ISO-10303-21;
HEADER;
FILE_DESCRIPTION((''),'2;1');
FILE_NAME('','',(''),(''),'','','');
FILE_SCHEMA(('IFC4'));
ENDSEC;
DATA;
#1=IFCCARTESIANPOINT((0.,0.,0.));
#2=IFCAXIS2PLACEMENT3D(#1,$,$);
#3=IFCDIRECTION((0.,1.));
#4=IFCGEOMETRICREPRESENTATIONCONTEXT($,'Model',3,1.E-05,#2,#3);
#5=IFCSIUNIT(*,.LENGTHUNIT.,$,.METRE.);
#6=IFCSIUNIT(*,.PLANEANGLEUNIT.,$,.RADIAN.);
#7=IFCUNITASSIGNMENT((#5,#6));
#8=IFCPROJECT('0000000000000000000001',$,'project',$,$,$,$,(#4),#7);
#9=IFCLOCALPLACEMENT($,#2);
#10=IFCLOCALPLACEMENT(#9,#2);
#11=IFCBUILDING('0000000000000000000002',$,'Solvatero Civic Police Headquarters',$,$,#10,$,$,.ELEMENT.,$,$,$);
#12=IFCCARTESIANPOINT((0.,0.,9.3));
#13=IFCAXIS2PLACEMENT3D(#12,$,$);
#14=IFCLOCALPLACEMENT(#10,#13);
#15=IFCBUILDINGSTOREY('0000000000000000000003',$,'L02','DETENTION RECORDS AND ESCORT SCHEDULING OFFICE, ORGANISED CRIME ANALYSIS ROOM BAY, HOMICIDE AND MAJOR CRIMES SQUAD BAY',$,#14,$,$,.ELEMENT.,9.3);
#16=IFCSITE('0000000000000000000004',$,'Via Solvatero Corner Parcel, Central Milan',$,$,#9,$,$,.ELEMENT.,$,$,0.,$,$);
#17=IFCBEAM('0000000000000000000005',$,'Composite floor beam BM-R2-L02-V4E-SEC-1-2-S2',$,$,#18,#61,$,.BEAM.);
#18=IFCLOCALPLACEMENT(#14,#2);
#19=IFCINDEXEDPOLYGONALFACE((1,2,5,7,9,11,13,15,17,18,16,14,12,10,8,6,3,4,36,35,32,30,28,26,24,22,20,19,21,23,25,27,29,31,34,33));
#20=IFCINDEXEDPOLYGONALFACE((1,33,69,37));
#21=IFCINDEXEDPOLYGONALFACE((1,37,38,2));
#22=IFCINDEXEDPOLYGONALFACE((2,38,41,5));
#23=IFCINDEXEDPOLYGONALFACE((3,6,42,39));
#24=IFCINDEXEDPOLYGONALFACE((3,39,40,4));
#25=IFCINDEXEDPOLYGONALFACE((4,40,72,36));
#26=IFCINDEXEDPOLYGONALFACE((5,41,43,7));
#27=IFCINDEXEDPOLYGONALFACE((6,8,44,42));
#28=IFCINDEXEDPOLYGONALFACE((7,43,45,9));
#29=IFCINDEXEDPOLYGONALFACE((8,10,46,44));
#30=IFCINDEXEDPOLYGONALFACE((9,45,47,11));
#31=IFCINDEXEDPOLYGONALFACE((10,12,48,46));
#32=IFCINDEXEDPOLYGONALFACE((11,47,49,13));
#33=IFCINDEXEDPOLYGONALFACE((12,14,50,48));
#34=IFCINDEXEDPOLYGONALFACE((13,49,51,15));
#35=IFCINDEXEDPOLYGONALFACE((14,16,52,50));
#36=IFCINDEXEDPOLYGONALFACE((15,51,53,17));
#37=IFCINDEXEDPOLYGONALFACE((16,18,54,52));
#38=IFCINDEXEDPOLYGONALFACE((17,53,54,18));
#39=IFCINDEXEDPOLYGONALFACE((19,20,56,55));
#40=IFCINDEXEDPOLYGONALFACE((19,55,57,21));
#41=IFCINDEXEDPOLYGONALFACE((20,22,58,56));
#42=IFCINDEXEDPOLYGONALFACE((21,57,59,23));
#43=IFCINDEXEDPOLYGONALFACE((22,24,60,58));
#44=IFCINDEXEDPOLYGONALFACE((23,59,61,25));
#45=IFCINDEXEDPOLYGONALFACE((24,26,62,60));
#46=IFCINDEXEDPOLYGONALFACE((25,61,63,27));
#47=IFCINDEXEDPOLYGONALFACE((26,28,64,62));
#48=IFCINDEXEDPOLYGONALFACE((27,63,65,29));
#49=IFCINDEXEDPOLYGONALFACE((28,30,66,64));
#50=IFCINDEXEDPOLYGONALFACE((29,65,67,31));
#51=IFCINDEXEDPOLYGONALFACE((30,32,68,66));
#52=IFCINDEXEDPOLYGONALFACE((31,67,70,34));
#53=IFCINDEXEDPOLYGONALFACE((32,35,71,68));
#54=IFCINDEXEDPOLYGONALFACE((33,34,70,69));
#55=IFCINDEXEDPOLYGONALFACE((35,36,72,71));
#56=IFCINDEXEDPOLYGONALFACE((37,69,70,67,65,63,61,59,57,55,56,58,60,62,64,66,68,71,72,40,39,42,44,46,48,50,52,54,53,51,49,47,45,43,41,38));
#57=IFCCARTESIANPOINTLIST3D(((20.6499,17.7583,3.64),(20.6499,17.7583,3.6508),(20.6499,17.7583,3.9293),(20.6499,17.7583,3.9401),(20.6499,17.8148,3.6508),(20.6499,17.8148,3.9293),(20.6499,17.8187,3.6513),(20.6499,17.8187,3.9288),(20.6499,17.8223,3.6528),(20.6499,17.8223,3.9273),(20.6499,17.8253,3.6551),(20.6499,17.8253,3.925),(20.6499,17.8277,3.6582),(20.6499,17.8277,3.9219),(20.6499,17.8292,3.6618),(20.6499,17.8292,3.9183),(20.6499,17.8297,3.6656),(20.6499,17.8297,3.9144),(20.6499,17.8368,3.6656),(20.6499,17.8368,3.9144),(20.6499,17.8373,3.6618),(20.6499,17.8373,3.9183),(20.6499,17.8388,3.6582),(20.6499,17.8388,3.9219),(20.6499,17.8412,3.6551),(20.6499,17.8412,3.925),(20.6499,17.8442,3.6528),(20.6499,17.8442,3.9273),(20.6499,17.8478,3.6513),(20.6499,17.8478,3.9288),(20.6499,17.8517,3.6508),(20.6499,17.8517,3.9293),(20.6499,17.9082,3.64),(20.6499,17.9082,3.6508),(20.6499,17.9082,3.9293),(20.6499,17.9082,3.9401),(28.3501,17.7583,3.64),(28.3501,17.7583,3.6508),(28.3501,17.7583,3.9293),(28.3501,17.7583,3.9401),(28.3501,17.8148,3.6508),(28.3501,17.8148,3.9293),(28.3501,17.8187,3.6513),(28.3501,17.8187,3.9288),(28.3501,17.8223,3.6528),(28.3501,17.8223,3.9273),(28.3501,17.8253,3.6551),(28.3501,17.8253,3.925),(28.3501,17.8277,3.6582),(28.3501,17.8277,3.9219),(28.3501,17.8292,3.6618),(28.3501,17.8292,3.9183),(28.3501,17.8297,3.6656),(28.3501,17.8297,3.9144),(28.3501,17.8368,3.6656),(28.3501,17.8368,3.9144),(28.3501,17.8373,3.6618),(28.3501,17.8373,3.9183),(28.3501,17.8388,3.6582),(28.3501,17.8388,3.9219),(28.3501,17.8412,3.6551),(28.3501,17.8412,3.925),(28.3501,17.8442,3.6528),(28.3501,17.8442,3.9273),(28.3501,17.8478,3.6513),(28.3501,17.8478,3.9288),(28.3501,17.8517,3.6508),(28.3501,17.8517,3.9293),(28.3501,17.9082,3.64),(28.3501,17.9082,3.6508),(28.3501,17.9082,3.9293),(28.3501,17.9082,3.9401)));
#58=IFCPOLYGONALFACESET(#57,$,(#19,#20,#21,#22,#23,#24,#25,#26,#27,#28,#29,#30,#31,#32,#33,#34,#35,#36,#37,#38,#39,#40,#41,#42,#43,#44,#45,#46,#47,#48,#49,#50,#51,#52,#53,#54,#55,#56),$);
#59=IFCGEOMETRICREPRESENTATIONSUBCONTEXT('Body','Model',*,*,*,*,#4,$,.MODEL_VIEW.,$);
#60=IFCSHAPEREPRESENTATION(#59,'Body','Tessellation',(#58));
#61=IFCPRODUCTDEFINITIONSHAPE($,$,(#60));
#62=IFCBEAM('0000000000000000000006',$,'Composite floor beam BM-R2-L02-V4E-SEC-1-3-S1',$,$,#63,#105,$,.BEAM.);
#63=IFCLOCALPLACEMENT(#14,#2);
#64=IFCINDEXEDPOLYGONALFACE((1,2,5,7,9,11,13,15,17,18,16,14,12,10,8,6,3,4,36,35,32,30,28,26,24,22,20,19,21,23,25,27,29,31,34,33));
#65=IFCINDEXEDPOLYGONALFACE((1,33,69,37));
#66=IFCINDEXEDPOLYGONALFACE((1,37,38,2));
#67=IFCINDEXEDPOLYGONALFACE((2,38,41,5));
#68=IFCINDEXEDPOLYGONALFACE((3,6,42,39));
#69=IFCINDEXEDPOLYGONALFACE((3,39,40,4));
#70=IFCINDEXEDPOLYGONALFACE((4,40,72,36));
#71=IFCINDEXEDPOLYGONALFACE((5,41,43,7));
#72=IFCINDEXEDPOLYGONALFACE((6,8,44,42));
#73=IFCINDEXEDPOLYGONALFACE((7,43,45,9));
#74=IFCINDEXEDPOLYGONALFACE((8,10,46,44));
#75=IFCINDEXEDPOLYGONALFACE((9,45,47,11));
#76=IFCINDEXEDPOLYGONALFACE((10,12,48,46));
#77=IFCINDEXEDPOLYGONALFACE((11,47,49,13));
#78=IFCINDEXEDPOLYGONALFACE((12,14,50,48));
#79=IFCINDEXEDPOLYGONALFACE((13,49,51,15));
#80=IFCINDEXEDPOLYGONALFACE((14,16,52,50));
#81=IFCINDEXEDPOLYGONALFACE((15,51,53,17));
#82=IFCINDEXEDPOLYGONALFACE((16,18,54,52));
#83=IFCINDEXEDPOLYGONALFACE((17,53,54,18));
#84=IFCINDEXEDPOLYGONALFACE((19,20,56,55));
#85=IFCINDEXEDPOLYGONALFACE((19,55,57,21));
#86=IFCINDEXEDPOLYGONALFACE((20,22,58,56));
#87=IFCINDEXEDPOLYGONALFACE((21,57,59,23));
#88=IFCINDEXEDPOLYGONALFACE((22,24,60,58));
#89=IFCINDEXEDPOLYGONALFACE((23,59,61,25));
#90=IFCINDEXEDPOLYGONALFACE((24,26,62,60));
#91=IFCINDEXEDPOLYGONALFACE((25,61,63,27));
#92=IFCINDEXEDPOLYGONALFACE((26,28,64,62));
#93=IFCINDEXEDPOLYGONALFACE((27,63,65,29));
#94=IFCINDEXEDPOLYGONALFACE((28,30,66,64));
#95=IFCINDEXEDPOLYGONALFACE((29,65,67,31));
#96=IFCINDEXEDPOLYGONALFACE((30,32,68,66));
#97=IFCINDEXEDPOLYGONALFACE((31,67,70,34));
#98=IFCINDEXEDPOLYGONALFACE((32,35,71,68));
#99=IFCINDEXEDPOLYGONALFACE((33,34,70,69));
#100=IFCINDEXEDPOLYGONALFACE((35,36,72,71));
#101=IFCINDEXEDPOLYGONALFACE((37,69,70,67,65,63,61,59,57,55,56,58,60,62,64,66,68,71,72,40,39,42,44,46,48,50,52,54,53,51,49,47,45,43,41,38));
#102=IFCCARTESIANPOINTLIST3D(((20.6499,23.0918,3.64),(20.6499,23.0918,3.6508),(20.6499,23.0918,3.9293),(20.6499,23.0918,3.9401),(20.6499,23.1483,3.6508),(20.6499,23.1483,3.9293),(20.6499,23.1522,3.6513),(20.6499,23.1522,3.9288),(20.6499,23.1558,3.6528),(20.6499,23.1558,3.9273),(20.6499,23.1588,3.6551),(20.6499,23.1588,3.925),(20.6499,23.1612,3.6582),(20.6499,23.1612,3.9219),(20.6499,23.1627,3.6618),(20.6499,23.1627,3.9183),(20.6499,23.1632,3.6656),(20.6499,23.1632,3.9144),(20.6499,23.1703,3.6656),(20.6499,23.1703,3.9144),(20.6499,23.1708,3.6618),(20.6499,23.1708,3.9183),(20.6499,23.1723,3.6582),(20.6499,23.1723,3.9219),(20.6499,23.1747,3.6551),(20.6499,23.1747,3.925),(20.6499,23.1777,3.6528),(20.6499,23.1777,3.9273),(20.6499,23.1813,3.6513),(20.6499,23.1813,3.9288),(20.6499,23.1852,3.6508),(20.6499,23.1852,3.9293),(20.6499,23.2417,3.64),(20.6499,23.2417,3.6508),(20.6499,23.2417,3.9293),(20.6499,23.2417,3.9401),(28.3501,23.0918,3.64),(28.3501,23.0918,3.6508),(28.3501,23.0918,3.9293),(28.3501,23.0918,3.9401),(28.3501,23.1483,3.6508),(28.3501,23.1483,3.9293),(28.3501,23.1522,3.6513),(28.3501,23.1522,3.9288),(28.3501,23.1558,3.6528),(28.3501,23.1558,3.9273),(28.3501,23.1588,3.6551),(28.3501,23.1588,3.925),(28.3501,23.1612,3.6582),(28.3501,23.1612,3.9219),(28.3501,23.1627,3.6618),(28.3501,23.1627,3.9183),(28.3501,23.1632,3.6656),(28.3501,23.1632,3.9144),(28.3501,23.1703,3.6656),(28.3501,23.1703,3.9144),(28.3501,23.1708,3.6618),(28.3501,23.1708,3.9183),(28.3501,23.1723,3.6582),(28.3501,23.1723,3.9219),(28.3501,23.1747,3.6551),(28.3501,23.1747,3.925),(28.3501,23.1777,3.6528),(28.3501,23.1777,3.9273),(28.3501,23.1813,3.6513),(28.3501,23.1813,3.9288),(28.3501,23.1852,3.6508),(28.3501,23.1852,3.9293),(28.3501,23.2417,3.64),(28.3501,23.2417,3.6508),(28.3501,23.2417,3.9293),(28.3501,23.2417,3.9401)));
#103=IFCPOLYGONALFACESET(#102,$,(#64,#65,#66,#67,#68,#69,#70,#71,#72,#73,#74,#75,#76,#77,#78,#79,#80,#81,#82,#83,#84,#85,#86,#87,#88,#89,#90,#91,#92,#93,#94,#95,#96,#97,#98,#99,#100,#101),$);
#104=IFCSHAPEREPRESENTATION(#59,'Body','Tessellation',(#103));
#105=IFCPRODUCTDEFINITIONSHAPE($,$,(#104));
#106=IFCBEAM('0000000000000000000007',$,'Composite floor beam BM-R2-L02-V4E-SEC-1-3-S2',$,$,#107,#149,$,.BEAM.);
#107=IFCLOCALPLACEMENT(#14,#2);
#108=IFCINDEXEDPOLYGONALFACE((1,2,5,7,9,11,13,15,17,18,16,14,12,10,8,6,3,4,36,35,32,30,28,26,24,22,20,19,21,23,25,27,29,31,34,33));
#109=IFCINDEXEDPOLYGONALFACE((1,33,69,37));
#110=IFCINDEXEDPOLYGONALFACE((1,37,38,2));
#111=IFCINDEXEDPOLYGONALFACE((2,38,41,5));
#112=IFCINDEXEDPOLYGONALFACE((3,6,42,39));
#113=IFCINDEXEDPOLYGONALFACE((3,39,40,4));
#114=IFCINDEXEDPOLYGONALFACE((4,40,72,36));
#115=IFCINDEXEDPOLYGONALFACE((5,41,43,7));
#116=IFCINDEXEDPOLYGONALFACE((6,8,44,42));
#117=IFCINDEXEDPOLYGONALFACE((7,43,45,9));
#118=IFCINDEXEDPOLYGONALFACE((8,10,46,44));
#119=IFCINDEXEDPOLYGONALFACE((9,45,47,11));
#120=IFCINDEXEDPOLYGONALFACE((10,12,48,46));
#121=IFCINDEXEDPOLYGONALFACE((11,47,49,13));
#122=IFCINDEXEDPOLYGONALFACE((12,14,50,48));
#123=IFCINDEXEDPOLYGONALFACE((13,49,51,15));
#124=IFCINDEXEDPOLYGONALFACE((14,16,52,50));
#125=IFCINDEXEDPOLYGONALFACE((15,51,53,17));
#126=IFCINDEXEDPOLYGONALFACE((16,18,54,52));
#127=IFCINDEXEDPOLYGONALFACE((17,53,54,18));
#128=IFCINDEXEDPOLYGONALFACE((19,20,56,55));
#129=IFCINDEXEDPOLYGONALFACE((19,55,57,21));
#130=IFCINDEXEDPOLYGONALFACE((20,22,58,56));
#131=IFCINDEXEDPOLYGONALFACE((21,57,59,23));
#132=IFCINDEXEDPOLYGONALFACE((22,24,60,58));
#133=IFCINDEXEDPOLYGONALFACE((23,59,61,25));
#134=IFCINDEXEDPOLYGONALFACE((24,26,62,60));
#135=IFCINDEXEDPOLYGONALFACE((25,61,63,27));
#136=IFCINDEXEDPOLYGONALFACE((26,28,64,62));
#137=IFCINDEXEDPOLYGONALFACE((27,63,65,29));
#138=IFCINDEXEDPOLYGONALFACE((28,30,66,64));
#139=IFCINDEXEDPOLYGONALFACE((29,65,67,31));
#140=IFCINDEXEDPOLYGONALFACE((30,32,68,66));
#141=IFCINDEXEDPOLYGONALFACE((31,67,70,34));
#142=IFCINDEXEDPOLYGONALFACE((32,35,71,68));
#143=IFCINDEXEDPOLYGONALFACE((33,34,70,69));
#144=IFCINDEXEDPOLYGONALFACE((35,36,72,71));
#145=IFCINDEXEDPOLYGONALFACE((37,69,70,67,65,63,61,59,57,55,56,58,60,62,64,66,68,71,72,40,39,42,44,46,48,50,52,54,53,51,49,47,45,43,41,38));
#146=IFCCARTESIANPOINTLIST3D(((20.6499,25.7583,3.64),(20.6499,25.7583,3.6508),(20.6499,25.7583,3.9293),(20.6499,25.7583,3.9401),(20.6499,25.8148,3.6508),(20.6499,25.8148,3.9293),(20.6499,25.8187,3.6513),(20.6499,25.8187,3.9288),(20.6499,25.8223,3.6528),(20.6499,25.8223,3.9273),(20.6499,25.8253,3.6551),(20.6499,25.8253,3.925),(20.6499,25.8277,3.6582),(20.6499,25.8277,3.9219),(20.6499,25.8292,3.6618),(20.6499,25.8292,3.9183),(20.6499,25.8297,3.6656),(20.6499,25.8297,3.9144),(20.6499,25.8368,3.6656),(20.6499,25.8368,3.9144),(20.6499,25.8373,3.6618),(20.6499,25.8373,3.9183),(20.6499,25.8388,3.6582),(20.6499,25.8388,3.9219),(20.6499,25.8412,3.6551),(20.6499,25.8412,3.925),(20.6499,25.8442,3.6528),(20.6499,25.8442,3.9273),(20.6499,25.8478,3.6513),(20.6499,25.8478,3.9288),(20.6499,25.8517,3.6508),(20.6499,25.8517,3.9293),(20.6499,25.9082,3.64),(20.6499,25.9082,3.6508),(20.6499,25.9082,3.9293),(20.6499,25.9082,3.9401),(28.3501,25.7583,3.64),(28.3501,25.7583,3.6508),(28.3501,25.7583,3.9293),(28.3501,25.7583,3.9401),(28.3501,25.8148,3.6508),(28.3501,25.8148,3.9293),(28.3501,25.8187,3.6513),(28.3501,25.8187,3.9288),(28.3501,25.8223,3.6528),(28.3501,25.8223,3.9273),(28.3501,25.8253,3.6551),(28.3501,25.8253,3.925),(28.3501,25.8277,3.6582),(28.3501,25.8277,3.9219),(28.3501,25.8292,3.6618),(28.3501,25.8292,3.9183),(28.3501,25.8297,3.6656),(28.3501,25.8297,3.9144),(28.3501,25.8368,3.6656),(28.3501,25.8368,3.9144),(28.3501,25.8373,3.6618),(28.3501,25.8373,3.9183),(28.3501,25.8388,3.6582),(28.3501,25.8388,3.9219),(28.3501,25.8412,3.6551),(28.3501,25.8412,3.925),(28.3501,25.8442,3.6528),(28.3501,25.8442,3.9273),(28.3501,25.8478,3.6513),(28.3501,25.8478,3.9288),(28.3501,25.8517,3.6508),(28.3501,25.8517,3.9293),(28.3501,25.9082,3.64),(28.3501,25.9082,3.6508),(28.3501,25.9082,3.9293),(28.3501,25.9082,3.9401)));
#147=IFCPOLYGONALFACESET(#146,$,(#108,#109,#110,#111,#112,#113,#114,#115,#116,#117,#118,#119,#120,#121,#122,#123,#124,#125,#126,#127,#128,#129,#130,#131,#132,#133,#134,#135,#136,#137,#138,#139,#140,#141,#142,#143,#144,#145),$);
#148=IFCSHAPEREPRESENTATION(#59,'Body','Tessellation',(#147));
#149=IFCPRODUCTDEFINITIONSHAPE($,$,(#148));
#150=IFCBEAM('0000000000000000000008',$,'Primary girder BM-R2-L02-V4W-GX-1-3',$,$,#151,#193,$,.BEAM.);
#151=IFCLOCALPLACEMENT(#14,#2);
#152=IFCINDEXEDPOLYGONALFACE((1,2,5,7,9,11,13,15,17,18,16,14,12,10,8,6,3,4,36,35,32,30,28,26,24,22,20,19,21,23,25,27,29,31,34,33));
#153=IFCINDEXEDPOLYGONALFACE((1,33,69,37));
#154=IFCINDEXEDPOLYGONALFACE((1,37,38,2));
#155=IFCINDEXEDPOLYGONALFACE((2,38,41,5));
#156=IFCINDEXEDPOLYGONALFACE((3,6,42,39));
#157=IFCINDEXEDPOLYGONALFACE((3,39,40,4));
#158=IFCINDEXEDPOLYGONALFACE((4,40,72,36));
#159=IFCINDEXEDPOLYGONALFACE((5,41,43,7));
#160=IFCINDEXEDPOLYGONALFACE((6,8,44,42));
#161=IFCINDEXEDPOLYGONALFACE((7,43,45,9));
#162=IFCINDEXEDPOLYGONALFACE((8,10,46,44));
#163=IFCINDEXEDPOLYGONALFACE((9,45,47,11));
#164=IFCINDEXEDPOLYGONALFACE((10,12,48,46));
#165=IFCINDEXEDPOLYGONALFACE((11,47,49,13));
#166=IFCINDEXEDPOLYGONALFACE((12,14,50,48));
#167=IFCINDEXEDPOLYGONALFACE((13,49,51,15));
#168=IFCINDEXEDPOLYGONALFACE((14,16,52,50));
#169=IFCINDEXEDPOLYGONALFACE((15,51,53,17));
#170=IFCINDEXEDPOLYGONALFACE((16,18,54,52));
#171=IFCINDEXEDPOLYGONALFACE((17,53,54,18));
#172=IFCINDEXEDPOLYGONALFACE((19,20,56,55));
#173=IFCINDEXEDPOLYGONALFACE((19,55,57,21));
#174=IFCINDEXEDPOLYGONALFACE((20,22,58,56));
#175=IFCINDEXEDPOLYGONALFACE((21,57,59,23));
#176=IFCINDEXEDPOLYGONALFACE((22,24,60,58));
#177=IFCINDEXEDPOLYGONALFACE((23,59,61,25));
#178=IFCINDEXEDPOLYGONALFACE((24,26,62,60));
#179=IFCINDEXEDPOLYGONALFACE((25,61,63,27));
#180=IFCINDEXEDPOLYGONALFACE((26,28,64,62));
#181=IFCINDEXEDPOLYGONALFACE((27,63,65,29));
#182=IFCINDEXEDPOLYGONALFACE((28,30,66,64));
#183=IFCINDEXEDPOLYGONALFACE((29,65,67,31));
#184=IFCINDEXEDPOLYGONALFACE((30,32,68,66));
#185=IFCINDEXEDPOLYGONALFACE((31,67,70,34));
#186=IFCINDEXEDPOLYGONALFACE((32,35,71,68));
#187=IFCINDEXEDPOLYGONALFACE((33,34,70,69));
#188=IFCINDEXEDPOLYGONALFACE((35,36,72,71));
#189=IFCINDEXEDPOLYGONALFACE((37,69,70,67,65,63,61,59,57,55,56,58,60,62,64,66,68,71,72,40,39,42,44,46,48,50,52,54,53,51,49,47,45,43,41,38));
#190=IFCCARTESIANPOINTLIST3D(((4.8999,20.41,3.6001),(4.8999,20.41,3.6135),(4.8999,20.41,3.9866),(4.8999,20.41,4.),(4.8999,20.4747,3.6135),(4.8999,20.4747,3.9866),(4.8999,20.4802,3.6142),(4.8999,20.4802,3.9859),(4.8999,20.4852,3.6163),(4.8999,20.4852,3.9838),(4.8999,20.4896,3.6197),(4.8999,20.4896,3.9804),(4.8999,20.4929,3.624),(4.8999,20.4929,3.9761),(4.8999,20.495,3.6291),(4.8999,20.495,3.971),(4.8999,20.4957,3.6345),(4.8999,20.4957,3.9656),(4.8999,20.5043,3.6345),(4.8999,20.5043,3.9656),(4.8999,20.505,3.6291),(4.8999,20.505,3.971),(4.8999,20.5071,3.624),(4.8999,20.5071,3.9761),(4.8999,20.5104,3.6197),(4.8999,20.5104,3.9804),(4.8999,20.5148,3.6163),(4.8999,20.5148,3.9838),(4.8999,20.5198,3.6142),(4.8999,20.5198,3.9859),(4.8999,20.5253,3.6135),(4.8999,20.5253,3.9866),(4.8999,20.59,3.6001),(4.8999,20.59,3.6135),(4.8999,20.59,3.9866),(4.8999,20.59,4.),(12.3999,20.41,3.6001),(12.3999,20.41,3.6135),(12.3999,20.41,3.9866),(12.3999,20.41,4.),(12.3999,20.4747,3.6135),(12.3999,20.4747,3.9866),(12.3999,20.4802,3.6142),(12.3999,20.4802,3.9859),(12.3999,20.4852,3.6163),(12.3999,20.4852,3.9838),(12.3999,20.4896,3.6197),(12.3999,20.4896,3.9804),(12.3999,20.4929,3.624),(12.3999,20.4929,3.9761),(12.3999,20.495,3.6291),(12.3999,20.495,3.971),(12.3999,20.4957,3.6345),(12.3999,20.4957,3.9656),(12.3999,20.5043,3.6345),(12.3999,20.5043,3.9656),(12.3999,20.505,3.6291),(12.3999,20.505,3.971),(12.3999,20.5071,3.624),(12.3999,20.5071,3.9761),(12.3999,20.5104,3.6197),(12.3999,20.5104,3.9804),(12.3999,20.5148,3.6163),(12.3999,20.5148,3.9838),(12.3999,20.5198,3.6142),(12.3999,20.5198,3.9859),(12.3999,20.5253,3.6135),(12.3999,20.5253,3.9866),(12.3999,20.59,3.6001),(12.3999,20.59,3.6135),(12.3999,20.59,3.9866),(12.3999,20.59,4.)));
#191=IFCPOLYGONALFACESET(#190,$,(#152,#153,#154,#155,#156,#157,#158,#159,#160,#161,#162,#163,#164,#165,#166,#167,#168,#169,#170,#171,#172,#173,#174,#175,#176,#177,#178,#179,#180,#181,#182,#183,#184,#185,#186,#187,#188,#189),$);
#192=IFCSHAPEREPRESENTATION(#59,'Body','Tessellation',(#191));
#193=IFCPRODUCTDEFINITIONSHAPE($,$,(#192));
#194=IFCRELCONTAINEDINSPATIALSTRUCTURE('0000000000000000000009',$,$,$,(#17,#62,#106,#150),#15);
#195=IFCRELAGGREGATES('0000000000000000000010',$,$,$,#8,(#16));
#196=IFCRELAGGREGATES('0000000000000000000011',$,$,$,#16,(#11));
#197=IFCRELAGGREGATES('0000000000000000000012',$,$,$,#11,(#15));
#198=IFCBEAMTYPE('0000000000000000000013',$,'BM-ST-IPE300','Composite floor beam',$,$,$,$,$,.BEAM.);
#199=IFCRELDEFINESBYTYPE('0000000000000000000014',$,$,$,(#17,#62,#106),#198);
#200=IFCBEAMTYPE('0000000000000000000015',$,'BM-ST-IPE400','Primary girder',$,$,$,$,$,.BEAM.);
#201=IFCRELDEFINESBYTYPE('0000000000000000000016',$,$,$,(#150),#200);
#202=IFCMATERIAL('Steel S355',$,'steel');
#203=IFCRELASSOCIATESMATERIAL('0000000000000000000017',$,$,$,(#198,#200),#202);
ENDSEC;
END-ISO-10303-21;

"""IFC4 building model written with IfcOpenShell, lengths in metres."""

from ifc_helpers import new_model, si_unit, direction, frame, origin, origin_2d, place, context, subcontext, project, spatial, i_section, extrude, material, material_profile, profile_set, type_object, element, save


model = new_model("IFC4")

# Units and contexts
model_context = context("Model", 3, precision=1e-05, world=origin(), true_north=direction((0.0, 1.0)))
body_context = subcontext(model_context, "Body", "Model", "MODEL_VIEW")
ifc_project = project(units=[si_unit("LENGTHUNIT", "METRE"), si_unit("PLANEANGLEUNIT", "RADIAN")], contexts=[model_context])

# Site, building, storey
site_placement = place(None, origin())
site = spatial("IfcSite", under=ifc_project, at=site_placement, Name="Via Solvatero Corner Parcel, Central Milan", CompositionType="ELEMENT", RefElevation=0.0)
building_placement = place(site_placement, origin())
building = spatial("IfcBuilding", under=site, at=building_placement, Name="Solvatero Civic Police Headquarters", CompositionType="ELEMENT")
storey_placement = place(building_placement, frame((0.0, 0.0, 9.3)))
storey = spatial("IfcBuildingStorey", under=building, at=storey_placement, Name="L02", Description="DETENTION RECORDS AND ESCORT SCHEDULING OFFICE, ORGANISED CRIME ANALYSIS ROOM BAY, HOMICIDE AND MAJOR CRIMES SQUAD BAY", CompositionType="ELEMENT", Elevation=9.3)

# Shared definitions
ifc_material_1 = material(Name="Steel S355", Category="steel")

# Beams
ifc_material_profile_1 = material_profile(ifc_material_1, i_section(OverallWidth=0.1499, OverallDepth=0.3, WebThickness=0.0071, FlangeThickness=0.0107, FilletRadius=0.0149, at=origin_2d()), Name="IPE 300")
ifc_profile_set_1 = profile_set([ifc_material_profile_1], Name="Steel S355")
beam_type_1 = type_object("IfcBeamType", Name="BM-ST-IPE300", Description="Composite floor beam", PredefinedType="BEAM", material=ifc_profile_set_1)
for number, where, z_axis, x_axis, name in (
    (1, (20.6499, 17.8333, 3.79), (1.0, 0.0, 0.0), (0.0, 1.0, 0.0), "Composite floor beam BM-R2-L02-V4E-SEC-1-2-S2"),
    (2, (20.6499, 23.1667, 3.79), (1.0, 0.0, 0.0), (0.0, 1.0, 0.0), "Composite floor beam BM-R2-L02-V4E-SEC-1-3-S1"),
    (3, (20.6499, 25.8333, 3.79), (1.0, 0.0, 0.0), (0.0, 1.0, 0.0), "Composite floor beam BM-R2-L02-V4E-SEC-1-3-S2"),
):
    element("IfcBeam", number, at=place(storey_placement, frame(where, z_axis=z_axis, x_axis=x_axis)), inside=storey, type_object=beam_type_1, Name=name, PredefinedType="BEAM", context=body_context, shape_type="SweptSolid", body=[
        extrude(i_section(OverallWidth=0.1499, OverallDepth=0.3, WebThickness=0.0071, FlangeThickness=0.0107, FilletRadius=0.0149, at=origin_2d()), origin(), (0.0, 0.0, 1.0), 7.7002),
    ])
ifc_material_profile_2 = material_profile(ifc_material_1, i_section(OverallWidth=0.1799, OverallDepth=0.3999, WebThickness=0.0085, FlangeThickness=0.0134, FilletRadius=0.021, at=origin_2d()), Name="IPE 400")
ifc_profile_set_2 = profile_set([ifc_material_profile_2], Name="Steel S355")
beam_type_2 = type_object("IfcBeamType", Name="BM-ST-IPE400", Description="Primary girder", PredefinedType="BEAM", material=ifc_profile_set_2)
beam_1_placement = place(storey_placement, frame((4.8999, 20.5, 3.8), z_axis=(1.0, 0.0, 0.0), x_axis=(0.0, 1.0, 0.0)))
element("IfcBeam", 4, at=beam_1_placement, inside=storey, type_object=beam_type_2, Name="Primary girder BM-R2-L02-V4W-GX-1-3", PredefinedType="BEAM", context=body_context, shape_type="SweptSolid", body=[
    extrude(i_section(OverallWidth=0.1799, OverallDepth=0.3999, WebThickness=0.0085, FlangeThickness=0.0134, FilletRadius=0.021, at=origin_2d()), origin(), (0.0, 0.0, 1.0), 7.5),
])

save(model, "model.ifc")
